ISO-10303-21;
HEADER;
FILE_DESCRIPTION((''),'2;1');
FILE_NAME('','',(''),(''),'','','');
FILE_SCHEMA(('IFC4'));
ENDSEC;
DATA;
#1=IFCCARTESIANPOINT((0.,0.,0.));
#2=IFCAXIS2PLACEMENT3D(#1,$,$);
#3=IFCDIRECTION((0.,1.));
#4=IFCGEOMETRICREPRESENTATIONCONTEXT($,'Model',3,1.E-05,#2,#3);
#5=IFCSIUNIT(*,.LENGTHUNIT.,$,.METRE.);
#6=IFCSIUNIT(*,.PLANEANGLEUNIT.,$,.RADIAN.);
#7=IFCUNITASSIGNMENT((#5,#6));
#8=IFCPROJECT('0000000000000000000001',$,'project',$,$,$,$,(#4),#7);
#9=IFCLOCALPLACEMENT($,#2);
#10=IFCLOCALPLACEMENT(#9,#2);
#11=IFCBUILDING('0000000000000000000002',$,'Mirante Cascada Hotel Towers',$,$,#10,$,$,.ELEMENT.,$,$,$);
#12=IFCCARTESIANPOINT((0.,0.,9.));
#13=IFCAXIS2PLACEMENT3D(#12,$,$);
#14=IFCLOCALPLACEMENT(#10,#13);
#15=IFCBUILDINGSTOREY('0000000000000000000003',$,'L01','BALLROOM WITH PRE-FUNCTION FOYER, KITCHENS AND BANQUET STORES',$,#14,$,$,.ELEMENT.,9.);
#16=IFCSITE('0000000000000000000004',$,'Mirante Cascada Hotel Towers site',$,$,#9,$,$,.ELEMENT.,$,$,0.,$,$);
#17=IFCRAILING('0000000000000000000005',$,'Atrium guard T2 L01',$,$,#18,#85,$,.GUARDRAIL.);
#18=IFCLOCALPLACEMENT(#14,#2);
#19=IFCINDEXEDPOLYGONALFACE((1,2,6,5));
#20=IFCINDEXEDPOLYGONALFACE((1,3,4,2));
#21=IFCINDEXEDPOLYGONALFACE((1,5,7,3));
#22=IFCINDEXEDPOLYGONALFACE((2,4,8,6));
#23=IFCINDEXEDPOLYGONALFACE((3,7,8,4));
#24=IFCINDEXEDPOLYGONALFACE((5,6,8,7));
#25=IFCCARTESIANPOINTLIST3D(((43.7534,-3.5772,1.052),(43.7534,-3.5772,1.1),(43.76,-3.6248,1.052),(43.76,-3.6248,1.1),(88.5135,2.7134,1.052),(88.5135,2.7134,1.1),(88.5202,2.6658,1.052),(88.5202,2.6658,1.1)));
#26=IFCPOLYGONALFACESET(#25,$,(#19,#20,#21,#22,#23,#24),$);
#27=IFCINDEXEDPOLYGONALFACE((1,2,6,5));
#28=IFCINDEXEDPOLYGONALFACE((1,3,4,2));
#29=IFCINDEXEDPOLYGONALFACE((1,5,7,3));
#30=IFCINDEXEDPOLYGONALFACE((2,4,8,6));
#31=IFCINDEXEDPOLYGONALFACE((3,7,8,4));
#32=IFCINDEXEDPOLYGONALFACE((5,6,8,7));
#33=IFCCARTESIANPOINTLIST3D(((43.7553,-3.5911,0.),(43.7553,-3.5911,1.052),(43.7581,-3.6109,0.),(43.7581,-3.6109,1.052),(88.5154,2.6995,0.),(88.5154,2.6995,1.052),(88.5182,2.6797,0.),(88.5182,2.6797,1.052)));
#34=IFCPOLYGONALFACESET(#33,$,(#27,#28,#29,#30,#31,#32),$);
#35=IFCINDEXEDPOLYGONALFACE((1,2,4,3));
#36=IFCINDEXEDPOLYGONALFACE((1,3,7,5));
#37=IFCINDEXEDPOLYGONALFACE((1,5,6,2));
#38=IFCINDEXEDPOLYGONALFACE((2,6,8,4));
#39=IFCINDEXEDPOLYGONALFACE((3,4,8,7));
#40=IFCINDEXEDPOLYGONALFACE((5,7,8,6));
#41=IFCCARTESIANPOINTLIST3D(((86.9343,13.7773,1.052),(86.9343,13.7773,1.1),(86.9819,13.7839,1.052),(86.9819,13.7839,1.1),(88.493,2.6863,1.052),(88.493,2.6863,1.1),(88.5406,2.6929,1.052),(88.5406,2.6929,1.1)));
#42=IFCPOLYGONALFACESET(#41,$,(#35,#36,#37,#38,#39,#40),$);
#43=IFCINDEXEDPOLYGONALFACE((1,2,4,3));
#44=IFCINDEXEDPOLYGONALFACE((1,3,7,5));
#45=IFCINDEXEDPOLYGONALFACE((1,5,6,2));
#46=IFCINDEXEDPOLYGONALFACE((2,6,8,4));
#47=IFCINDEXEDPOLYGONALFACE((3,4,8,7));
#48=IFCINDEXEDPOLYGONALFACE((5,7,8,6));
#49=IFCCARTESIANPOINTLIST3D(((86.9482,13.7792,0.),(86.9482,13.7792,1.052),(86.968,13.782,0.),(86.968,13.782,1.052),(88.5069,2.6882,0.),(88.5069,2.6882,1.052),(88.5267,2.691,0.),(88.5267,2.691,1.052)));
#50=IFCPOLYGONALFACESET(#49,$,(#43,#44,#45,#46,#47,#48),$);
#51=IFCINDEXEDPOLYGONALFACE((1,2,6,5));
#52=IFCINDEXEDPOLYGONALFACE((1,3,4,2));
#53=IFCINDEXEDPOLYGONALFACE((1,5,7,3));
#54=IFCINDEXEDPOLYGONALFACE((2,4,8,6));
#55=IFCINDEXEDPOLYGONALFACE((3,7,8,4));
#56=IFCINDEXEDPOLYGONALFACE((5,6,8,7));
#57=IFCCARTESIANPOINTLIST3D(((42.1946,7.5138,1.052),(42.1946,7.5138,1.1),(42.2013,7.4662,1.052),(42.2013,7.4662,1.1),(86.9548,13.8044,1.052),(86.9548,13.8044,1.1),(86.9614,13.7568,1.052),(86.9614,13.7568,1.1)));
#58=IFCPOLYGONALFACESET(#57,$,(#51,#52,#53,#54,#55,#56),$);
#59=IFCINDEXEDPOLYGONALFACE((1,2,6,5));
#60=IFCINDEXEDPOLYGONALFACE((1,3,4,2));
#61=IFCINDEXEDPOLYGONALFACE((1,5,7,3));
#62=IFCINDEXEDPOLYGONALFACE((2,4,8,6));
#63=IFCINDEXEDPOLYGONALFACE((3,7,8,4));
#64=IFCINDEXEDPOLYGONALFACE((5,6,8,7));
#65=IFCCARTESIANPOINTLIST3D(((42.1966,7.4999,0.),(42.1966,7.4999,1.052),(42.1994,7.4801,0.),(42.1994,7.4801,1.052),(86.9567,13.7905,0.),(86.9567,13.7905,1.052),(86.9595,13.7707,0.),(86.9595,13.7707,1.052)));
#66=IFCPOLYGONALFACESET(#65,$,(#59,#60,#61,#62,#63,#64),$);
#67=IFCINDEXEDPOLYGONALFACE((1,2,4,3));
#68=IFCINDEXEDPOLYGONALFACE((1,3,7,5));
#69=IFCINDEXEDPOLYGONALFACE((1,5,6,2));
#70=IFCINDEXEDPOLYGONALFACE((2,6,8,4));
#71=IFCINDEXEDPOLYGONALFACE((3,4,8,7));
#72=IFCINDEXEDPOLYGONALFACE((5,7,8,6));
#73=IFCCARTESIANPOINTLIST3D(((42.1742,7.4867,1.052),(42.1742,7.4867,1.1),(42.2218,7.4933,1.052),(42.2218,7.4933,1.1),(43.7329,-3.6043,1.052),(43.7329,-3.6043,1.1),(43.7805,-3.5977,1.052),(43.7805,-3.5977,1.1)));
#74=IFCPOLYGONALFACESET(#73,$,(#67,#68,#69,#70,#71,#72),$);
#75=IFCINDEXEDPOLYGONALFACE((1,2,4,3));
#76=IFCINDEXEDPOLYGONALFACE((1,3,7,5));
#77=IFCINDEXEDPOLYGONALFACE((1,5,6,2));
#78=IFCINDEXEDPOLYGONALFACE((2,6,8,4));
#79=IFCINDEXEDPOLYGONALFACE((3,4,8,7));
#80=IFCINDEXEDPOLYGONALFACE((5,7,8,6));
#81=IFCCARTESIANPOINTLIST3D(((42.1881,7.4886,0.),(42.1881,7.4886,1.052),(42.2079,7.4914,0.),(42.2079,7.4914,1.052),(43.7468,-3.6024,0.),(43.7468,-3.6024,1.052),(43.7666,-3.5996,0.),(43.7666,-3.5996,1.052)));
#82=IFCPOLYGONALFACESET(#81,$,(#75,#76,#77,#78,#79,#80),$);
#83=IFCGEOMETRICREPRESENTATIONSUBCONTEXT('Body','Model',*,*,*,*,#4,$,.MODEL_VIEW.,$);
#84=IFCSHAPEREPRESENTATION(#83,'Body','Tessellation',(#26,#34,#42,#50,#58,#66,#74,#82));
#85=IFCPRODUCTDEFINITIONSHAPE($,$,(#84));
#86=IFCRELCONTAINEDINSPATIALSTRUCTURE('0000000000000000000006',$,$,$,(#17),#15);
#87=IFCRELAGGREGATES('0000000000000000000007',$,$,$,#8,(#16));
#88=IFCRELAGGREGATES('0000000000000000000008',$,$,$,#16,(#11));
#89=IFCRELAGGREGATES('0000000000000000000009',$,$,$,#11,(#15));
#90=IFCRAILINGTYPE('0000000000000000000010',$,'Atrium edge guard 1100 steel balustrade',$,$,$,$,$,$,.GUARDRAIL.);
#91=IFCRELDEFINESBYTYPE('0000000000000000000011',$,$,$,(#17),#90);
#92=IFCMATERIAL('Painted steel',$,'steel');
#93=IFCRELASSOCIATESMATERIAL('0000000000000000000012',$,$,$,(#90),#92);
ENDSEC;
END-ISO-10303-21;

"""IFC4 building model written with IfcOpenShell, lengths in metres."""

from ifc_helpers import new_model, si_unit, direction, frame, origin, origin_2d, place, context, subcontext, project, spatial, rectangle, extrude, material, type_object, element, save


model = new_model("IFC4")

# Units and contexts
model_context = context("Model", 3, precision=1e-05, world=origin(), true_north=direction((0.0, 1.0)))
body_context = subcontext(model_context, "Body", "Model", "MODEL_VIEW")
ifc_project = project(units=[si_unit("LENGTHUNIT", "METRE"), si_unit("PLANEANGLEUNIT", "RADIAN")], contexts=[model_context])

# Site, building, storey
site_placement = place(None, origin())
site = spatial("IfcSite", under=ifc_project, at=site_placement, Name="Mirante Cascada Hotel Towers site", CompositionType="ELEMENT", RefElevation=0.0)
building_placement = place(site_placement, origin())
building = spatial("IfcBuilding", under=site, at=building_placement, Name="Mirante Cascada Hotel Towers", CompositionType="ELEMENT")
storey_placement = place(building_placement, frame((0.0, 0.0, 9.0)))
storey = spatial("IfcBuildingStorey", under=building, at=storey_placement, Name="L01", Description="BALLROOM WITH PRE-FUNCTION FOYER, KITCHENS AND BANQUET STORES", CompositionType="ELEMENT", Elevation=9.0)

# Railing
ifc_material_1 = material(Name="Painted steel", Category="steel")
railing_type = type_object("IfcRailingType", Name="Atrium edge guard 1100 steel balustrade", PredefinedType="GUARDRAIL", material=ifc_material_1)
railing_placement = place(storey_placement, frame((43.7567, -3.601, 0.0)))
element("IfcRailing", 1, at=railing_placement, inside=storey, type_object=railing_type, Name="Atrium guard T2 L01", PredefinedType="GUARDRAIL", context=body_context, shape_type="SweptSolid", body=[
    extrude(rectangle(XDim=0.048, YDim=0.048, at=origin_2d()), frame((0.0, 0.0, 1.076), z_axis=(0.990268, 0.139173, 0.0), x_axis=(-0.139173, 0.990268, 0.0)), (0.0, 0.0, 1.0), 45.2),
    extrude(rectangle(XDim=0.02, YDim=1.052, at=origin_2d()), frame((0.0, 0.0, 0.526), z_axis=(0.990268, 0.139173, 0.0), x_axis=(-0.139173, 0.990268, 0.0)), (0.0, 0.0, 1.0), 45.2),
    extrude(rectangle(XDim=0.048, YDim=0.048, at=origin_2d()), frame((44.7601, 6.2906, 1.076), z_axis=(-0.13917, 0.990268, 0.0), x_axis=(-0.990268, -0.13917, 0.0)), (0.0, 0.0, 1.0), 11.2),
    extrude(rectangle(XDim=0.02, YDim=1.052, at=origin_2d()), frame((44.7601, 6.2906, 0.526), z_axis=(-0.13917, 0.990268, 0.0), x_axis=(-0.990268, -0.13917, 0.0)), (0.0, 0.0, 1.0), 11.2),
    extrude(rectangle(XDim=0.048, YDim=0.048, at=origin_2d()), frame((43.2014, 17.3816, 1.076), z_axis=(-0.990268, -0.139173, 0.0), x_axis=(0.139173, -0.990268, 0.0)), (0.0, 0.0, 1.0), 45.2),
    extrude(rectangle(XDim=0.02, YDim=1.052, at=origin_2d()), frame((43.2014, 17.3816, 0.526), z_axis=(-0.990268, -0.139173, 0.0), x_axis=(0.139173, -0.990268, 0.0)), (0.0, 0.0, 1.0), 45.2),
    extrude(rectangle(XDim=0.048, YDim=0.048, at=origin_2d()), frame((-1.5587, 11.091, 1.076), z_axis=(0.13917, -0.990268, 0.0), x_axis=(0.990268, 0.13917, 0.0)), (0.0, 0.0, 1.0), 11.2),
    extrude(rectangle(XDim=0.02, YDim=1.052, at=origin_2d()), frame((-1.5587, 11.091, 0.526), z_axis=(0.13917, -0.990268, 0.0), x_axis=(0.990268, 0.13917, 0.0)), (0.0, 0.0, 1.0), 11.2),
])

save(model, "model.ifc")
